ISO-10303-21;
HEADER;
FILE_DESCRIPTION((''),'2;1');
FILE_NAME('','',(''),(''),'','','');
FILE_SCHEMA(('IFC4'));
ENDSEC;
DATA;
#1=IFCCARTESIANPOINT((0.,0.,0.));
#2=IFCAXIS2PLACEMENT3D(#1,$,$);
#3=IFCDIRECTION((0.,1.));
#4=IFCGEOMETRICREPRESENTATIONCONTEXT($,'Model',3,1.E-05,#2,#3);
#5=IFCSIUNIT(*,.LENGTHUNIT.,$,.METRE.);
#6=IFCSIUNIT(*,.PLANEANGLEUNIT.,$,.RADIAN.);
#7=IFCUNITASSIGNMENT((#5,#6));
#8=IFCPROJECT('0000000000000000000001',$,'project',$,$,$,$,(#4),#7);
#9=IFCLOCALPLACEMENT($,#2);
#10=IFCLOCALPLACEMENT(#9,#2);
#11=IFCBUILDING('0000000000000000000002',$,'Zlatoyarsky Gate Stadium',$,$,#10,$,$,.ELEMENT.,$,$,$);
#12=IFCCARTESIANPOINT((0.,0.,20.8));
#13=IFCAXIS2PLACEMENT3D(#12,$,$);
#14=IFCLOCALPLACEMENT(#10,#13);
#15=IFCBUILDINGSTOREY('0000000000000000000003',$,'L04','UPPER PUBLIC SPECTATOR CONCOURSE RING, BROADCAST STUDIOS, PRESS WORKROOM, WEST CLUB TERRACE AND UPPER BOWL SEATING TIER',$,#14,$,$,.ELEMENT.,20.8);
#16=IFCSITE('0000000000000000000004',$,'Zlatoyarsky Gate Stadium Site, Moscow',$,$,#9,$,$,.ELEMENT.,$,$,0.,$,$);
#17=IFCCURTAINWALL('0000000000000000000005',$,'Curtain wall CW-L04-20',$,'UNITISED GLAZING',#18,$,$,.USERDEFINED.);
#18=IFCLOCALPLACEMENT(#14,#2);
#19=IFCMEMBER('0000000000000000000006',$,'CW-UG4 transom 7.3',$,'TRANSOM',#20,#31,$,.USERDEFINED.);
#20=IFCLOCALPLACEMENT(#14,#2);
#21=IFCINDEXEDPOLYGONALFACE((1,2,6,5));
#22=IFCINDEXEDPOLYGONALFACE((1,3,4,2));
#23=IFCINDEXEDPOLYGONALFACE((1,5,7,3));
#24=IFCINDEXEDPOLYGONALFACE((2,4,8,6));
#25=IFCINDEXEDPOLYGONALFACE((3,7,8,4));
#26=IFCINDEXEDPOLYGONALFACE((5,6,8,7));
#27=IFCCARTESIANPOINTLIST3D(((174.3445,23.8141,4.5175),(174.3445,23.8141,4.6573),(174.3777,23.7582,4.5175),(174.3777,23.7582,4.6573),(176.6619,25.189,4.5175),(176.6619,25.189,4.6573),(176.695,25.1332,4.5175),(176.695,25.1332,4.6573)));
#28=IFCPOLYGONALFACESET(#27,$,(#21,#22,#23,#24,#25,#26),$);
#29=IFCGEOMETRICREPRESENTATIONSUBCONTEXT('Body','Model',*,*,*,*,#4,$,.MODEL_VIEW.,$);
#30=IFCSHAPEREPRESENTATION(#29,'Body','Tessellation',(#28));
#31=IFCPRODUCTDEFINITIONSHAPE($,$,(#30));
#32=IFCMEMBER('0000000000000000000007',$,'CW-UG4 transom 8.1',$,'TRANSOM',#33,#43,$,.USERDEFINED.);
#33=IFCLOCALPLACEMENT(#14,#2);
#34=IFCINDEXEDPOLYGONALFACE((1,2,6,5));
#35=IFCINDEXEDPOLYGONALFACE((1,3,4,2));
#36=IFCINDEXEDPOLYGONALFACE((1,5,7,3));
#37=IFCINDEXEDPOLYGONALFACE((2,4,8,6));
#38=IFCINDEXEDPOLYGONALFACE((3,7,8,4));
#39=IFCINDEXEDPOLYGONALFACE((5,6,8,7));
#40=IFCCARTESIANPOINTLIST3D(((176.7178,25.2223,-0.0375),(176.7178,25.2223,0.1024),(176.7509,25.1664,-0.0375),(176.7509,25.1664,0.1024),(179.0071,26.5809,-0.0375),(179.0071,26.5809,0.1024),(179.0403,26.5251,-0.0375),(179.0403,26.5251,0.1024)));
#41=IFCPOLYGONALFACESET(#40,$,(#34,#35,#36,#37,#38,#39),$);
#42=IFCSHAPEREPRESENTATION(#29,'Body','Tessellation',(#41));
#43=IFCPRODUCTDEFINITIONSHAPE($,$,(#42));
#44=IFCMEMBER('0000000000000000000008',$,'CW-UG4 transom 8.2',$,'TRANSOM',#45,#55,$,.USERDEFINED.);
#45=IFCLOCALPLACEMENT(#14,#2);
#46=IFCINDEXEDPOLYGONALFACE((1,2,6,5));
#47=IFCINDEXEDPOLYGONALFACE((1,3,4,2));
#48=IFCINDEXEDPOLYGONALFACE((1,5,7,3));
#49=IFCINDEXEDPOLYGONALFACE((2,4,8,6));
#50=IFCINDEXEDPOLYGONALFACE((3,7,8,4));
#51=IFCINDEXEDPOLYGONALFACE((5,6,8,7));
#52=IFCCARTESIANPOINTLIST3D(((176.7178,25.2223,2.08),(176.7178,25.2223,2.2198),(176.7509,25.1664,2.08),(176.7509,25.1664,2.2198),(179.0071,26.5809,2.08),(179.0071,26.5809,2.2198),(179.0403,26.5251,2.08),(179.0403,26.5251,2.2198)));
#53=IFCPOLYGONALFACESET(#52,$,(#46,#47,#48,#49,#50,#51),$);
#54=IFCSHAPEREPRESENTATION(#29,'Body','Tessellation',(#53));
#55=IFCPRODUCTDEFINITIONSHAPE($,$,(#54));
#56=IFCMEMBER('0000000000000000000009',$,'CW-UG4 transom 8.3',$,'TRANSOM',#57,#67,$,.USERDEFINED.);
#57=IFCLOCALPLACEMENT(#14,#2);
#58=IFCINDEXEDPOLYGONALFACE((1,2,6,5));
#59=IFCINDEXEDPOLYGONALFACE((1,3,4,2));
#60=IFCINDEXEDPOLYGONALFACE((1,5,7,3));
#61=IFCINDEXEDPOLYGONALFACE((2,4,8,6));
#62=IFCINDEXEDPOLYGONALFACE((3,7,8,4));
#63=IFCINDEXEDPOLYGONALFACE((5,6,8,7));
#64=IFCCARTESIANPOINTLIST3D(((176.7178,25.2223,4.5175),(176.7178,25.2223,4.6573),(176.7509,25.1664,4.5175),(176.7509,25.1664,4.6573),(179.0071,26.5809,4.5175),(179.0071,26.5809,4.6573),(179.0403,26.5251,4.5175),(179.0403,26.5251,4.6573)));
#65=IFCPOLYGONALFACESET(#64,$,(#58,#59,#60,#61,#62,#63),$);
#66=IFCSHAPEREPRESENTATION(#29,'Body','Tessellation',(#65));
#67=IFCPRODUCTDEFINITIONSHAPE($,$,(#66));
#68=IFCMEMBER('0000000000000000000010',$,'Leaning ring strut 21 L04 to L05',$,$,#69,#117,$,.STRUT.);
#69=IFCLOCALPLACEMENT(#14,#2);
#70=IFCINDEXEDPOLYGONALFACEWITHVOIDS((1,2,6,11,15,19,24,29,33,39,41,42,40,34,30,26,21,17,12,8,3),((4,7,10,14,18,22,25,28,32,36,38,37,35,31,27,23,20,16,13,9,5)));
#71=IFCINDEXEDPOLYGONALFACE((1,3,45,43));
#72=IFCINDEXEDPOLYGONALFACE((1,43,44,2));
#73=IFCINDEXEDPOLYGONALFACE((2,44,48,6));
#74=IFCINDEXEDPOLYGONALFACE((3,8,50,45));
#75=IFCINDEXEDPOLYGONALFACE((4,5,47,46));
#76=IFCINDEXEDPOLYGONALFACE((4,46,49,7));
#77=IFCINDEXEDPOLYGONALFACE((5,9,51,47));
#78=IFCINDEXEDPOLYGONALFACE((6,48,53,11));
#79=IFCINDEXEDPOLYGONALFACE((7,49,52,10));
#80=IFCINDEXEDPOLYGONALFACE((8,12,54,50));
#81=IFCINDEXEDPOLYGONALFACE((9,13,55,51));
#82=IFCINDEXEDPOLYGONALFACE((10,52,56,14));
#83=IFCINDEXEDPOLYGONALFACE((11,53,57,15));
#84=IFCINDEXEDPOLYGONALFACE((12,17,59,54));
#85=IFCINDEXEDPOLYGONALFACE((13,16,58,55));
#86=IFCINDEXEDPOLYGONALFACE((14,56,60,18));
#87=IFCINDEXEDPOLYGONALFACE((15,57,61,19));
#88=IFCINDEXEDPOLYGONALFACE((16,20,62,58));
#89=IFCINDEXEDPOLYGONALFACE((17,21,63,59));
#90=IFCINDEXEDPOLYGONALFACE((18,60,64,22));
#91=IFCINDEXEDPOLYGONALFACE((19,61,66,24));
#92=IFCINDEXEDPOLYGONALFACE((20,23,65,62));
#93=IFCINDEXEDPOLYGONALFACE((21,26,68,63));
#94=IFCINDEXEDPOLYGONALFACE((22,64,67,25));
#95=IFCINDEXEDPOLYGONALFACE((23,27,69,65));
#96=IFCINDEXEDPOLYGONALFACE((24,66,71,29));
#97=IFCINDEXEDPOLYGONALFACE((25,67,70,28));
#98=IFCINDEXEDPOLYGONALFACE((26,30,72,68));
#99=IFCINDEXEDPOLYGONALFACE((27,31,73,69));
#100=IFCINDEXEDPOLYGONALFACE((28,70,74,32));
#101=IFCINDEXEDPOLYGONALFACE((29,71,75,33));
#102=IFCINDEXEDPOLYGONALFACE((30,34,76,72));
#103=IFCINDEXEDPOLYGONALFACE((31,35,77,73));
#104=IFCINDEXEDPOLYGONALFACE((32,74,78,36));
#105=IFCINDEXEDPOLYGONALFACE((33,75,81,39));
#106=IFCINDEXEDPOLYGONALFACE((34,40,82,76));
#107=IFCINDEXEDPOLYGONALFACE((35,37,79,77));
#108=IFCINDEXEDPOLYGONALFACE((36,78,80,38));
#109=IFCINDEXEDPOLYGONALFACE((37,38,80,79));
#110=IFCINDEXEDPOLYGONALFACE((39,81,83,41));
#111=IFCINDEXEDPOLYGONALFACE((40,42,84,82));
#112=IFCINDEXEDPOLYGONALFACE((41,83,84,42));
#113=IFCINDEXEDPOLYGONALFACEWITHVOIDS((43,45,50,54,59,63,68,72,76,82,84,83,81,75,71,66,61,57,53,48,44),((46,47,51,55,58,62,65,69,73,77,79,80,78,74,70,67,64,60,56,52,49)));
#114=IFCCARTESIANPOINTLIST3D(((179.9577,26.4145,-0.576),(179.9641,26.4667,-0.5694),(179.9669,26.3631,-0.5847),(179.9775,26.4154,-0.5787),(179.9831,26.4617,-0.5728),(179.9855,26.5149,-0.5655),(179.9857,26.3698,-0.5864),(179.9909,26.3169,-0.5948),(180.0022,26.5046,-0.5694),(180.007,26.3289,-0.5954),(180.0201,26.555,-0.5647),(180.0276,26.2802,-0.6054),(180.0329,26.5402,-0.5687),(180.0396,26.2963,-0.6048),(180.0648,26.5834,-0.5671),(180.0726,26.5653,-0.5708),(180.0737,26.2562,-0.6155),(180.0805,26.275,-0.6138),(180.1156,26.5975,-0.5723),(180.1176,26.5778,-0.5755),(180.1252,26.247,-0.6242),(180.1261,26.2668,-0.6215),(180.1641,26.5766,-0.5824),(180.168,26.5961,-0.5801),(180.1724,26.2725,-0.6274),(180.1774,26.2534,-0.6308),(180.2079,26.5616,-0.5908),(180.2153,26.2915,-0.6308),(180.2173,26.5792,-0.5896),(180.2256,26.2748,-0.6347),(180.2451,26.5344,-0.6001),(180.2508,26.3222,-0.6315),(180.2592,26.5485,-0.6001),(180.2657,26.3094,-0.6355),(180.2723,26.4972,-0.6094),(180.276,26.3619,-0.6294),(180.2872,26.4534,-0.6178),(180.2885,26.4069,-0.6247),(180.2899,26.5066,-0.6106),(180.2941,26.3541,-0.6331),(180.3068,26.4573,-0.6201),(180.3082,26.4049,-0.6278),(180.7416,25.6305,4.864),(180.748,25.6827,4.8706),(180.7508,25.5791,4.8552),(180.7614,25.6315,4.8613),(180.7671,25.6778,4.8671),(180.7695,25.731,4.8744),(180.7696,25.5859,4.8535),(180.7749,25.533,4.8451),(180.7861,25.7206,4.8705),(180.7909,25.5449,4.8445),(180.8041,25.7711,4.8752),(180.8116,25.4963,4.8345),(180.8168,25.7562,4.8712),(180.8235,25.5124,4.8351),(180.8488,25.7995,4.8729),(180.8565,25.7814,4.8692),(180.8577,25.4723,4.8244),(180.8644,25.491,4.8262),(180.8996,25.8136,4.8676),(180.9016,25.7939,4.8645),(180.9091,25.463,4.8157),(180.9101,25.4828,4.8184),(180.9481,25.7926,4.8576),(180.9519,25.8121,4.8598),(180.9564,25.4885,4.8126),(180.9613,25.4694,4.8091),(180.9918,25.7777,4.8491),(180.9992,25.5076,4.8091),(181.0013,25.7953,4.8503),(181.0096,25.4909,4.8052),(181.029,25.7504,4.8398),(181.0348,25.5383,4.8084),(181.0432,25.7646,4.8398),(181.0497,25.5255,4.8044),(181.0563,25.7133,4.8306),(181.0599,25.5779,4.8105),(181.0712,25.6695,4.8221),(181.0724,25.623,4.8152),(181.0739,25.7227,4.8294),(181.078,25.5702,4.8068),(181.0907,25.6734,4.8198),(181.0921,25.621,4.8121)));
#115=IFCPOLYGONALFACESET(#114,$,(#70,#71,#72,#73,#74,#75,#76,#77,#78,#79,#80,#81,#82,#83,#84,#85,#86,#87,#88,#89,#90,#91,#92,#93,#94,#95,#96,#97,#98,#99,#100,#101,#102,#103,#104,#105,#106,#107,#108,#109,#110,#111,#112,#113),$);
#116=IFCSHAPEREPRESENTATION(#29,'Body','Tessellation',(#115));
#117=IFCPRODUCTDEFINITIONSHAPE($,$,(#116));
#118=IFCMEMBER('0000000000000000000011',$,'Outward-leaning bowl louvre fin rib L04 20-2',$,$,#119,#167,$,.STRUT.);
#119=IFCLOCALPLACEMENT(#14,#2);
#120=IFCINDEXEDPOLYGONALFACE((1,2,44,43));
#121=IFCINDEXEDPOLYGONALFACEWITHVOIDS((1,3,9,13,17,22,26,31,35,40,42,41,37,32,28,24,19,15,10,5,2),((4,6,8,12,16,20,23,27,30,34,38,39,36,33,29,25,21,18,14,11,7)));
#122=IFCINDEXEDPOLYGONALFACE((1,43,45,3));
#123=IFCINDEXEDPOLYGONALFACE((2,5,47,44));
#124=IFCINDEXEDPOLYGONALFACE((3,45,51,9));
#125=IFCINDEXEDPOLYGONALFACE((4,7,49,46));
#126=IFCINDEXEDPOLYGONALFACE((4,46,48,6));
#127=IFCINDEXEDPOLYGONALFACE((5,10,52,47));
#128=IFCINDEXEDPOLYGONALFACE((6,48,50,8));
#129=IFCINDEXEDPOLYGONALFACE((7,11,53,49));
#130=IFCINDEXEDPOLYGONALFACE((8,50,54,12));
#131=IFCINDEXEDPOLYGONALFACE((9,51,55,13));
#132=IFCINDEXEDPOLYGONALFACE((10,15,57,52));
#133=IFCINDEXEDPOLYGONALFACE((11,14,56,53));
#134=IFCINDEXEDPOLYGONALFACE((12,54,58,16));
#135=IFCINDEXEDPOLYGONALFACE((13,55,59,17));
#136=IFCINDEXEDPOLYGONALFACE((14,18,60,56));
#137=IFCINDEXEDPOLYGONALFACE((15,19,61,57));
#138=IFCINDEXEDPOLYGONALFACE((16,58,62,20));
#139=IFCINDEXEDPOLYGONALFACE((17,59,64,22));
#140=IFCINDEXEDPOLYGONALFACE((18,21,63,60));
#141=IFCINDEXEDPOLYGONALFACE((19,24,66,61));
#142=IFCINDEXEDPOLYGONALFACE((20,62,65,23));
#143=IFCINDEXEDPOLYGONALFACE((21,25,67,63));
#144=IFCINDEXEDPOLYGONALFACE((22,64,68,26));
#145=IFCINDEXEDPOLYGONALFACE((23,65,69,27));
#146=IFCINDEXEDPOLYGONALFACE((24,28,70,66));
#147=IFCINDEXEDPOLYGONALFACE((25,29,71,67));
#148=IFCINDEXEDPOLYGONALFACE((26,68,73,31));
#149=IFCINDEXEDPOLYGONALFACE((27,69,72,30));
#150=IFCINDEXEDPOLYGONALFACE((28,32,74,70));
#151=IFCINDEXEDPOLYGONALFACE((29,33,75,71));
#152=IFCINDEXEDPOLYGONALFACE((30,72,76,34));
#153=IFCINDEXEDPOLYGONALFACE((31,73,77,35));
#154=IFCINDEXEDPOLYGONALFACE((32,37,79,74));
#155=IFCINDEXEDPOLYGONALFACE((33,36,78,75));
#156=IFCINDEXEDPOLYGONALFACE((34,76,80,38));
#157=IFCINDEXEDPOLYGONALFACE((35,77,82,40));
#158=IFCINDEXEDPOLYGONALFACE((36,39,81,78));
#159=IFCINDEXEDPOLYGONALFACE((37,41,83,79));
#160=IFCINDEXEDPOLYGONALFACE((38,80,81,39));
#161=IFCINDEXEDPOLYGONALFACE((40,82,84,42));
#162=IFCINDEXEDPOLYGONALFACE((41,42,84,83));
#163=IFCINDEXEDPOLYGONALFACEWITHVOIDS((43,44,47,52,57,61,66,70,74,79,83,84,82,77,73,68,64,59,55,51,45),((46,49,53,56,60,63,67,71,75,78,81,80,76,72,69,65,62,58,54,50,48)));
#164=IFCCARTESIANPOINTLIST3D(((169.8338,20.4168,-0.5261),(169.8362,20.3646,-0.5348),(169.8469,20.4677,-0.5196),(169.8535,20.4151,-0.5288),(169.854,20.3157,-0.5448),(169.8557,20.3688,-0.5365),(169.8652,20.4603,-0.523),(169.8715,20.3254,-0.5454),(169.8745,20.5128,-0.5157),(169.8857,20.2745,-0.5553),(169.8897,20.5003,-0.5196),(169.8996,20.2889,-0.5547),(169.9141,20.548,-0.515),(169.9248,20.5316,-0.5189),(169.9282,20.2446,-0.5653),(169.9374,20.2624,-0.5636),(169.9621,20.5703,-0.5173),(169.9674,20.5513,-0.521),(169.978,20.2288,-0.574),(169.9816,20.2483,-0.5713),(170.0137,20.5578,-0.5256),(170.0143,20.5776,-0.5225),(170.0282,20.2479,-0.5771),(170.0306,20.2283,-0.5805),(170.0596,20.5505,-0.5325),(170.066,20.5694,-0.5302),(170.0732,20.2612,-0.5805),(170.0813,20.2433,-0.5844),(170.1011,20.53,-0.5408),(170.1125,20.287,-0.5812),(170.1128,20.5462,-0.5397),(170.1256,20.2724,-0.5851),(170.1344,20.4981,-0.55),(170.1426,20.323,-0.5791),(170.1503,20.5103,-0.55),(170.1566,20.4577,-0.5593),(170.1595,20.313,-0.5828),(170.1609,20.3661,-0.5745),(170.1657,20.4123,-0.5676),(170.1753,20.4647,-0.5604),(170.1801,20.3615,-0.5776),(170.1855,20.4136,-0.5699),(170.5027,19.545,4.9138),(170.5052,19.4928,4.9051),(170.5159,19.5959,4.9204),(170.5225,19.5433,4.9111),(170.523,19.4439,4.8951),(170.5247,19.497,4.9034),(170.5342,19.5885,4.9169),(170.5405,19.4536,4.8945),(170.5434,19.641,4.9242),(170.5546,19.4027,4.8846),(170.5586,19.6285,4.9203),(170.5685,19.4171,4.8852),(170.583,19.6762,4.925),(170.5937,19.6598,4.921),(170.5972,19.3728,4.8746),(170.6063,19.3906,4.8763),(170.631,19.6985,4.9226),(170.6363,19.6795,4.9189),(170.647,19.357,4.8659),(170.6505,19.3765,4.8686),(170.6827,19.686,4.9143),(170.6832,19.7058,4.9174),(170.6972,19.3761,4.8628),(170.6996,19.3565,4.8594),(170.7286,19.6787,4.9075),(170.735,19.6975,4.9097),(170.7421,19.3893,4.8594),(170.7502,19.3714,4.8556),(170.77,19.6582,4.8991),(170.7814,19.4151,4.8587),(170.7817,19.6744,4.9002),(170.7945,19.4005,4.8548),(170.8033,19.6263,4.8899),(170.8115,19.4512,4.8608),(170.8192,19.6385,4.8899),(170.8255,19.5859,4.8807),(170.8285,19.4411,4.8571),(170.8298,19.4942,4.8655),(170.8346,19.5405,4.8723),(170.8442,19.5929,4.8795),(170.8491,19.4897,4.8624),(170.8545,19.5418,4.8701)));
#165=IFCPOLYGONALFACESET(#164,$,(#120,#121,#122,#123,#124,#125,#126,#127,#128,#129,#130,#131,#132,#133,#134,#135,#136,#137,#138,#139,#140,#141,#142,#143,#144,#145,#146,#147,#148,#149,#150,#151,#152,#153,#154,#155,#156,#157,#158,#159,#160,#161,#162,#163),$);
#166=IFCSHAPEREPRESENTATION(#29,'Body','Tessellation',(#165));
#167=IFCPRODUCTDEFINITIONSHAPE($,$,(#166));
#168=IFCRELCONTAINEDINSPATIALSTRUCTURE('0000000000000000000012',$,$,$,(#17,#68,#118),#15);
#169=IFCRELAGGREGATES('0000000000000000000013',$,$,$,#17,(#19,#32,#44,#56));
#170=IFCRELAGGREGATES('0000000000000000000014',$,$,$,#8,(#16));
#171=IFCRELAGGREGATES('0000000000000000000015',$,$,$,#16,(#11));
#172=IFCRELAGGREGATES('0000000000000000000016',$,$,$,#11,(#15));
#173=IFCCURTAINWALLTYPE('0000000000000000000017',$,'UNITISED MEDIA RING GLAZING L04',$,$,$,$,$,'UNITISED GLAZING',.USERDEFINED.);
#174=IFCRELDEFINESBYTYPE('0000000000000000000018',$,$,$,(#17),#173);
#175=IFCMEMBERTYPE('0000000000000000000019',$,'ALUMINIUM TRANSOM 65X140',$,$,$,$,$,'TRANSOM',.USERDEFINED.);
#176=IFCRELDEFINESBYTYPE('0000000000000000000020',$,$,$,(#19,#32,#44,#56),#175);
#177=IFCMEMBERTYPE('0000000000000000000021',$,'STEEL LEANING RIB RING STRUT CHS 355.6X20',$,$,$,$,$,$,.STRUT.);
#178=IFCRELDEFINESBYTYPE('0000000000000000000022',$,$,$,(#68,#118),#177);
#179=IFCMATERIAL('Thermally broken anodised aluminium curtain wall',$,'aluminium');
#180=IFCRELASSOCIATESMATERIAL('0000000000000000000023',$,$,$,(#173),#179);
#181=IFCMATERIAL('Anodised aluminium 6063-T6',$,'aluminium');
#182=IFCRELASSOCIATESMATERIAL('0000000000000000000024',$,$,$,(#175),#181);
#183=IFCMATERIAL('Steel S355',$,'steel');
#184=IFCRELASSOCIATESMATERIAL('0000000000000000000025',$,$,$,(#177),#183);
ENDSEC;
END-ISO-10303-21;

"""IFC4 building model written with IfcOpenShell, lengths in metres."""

from ifc_helpers import new_model, si_unit, direction, frame, origin, origin_2d, place, context, subcontext, project, spatial, rectangle, hollow_circle, extrude, material, material_profile, profile_set, type_object, element, aggregate, save


model = new_model("IFC4")

# Units and contexts
model_context = context("Model", 3, precision=1e-05, world=origin(), true_north=direction((0.0, 1.0)))
body_context = subcontext(model_context, "Body", "Model", "MODEL_VIEW")
ifc_project = project(units=[si_unit("LENGTHUNIT", "METRE"), si_unit("PLANEANGLEUNIT", "RADIAN")], contexts=[model_context])

# Site, building, storey
site_placement = place(None, origin())
site = spatial("IfcSite", under=ifc_project, at=site_placement, Name="Zlatoyarsky Gate Stadium Site, Moscow", CompositionType="ELEMENT", RefElevation=0.0)
building_placement = place(site_placement, origin())
building = spatial("IfcBuilding", under=site, at=building_placement, Name="Zlatoyarsky Gate Stadium", CompositionType="ELEMENT")
storey_placement = place(building_placement, frame((0.0, 0.0, 20.8)))
storey = spatial("IfcBuildingStorey", under=building, at=storey_placement, Name="L04", Description="UPPER PUBLIC SPECTATOR CONCOURSE RING, BROADCAST STUDIOS, PRESS WORKROOM, WEST CLUB TERRACE AND UPPER BOWL SEATING TIER", CompositionType="ELEMENT", Elevation=20.8)

# Curtain wall
ifc_material_1 = material(Name="Thermally broken anodised aluminium curtain wall", Category="aluminium")
curtain_wall_type = type_object("IfcCurtainWallType", Name="UNITISED MEDIA RING GLAZING L04", ElementType="UNITISED GLAZING", PredefinedType="USERDEFINED", material=ifc_material_1)
curtain_wall_1_placement = place(storey_placement, origin())
curtain_wall_1 = element("IfcCurtainWall", 1, at=curtain_wall_1_placement, inside=storey, type_object=curtain_wall_type, Name="Curtain wall CW-L04-20", ObjectType="UNITISED GLAZING", PredefinedType="USERDEFINED")
ifc_material_2 = material(Name="Anodised aluminium 6063-T6", Category="aluminium")

# Members
ifc_material_profile_1 = material_profile(ifc_material_2, rectangle(XDim=0.0649, YDim=0.1399, at=origin_2d()), Name="ALU 65X140")
ifc_profile_set_1 = profile_set([ifc_material_profile_1], Name="Anodised aluminium 6063-T6")
member_type_1 = type_object("IfcMemberType", Name="ALUMINIUM TRANSOM 65X140", ElementType="TRANSOM", PredefinedType="USERDEFINED", material=ifc_profile_set_1)
member_1_placement = place(storey_placement, frame((174.3611, 23.7861, 4.5874), z_axis=(0.860009, 0.510279, 0.0), x_axis=(-0.510279, 0.860009, 0.0)))
member_1 = element("IfcMember", 2, at=member_1_placement, type_object=member_type_1, Name="CW-UG4 transom 7.3", ObjectType="TRANSOM", PredefinedType="USERDEFINED", context=body_context, shape_type="SweptSolid", body=[
    extrude(rectangle(XDim=0.0649, YDim=0.1399, at=origin_2d()), origin(), (0.0, 0.0, 1.0), 2.6946),
])
member_2_placement = place(storey_placement, frame((176.7344, 25.1943, 0.0325), z_axis=(0.859959, 0.510363, 0.0), x_axis=(-0.510363, 0.859959, 0.0)))
member_2 = element("IfcMember", 3, at=member_2_placement, type_object=member_type_1, Name="CW-UG4 transom 8.1", ObjectType="TRANSOM", PredefinedType="USERDEFINED", context=body_context, shape_type="SweptSolid", body=[
    extrude(rectangle(XDim=0.0649, YDim=0.1399, at=origin_2d()), origin(), (0.0, 0.0, 1.0), 2.6621),
])
member_3_placement = place(storey_placement, frame((176.7344, 25.1943, 2.1499), z_axis=(0.859959, 0.510363, 0.0), x_axis=(-0.510363, 0.859959, 0.0)))
member_3 = element("IfcMember", 4, at=member_3_placement, type_object=member_type_1, Name="CW-UG4 transom 8.2", ObjectType="TRANSOM", PredefinedType="USERDEFINED", context=body_context, shape_type="SweptSolid", body=[
    extrude(rectangle(XDim=0.0649, YDim=0.1399, at=origin_2d()), origin(), (0.0, 0.0, 1.0), 2.6621),
])
member_4_placement = place(storey_placement, frame((176.7344, 25.1943, 4.5874), z_axis=(0.859959, 0.510363, 0.0), x_axis=(-0.510363, 0.859959, 0.0)))
member_4 = element("IfcMember", 5, at=member_4_placement, type_object=member_type_1, Name="CW-UG4 transom 8.3", ObjectType="TRANSOM", PredefinedType="USERDEFINED", context=body_context, shape_type="SweptSolid", body=[
    extrude(rectangle(XDim=0.0649, YDim=0.1399, at=origin_2d()), origin(), (0.0, 0.0, 1.0), 2.6621),
])

# Members
ifc_material_3 = material(Name="Steel S355", Category="steel")
ifc_material_profile_2 = material_profile(ifc_material_3, hollow_circle(Radius=0.1777, WallThickness=0.02, at=origin_2d()), Name="CHS 355.6X20")
ifc_profile_set_2 = profile_set([ifc_material_profile_2], Name="Steel S355")
member_type_2 = type_object("IfcMemberType", Name="STEEL LEANING RIB RING STRUT CHS 355.6X20", PredefinedType="STRUT", material=ifc_profile_set_2)
member_5_placement = place(storey_placement, frame((180.1335, 26.4229, -0.6001), z_axis=(0.141205, -0.141205, 0.979858), x_axis=(0.707107, 0.707107, 0.0)))
element("IfcMember", 6, at=member_5_placement, inside=storey, type_object=member_type_2, Name="Leaning ring strut 21 L04 to L05", PredefinedType="STRUT", context=body_context, shape_type="SweptSolid", body=[
    extrude(hollow_circle(Radius=0.1777, WallThickness=0.02, at=origin_2d()), origin(), (0.0, 0.0, 1.0), 5.5518),
])
member_6_placement = place(storey_placement, frame((170.0093, 20.4021, -0.55), z_axis=(0.120535, -0.157091, 0.980201), x_axis=(0.793367, 0.608744, 0.0)))
element("IfcMember", 7, at=member_6_placement, inside=storey, type_object=member_type_2, Name="Outward-leaning bowl louvre fin rib L04 20-2", PredefinedType="STRUT", context=body_context, shape_type="SweptSolid", body=[
    extrude(hollow_circle(Radius=0.1777, WallThickness=0.02, at=origin_2d()), origin(), (0.0, 0.0, 1.0), 5.5498),
])

aggregate(curtain_wall_1, [member_1, member_2, member_3, member_4])

save(model, "model.ifc")
